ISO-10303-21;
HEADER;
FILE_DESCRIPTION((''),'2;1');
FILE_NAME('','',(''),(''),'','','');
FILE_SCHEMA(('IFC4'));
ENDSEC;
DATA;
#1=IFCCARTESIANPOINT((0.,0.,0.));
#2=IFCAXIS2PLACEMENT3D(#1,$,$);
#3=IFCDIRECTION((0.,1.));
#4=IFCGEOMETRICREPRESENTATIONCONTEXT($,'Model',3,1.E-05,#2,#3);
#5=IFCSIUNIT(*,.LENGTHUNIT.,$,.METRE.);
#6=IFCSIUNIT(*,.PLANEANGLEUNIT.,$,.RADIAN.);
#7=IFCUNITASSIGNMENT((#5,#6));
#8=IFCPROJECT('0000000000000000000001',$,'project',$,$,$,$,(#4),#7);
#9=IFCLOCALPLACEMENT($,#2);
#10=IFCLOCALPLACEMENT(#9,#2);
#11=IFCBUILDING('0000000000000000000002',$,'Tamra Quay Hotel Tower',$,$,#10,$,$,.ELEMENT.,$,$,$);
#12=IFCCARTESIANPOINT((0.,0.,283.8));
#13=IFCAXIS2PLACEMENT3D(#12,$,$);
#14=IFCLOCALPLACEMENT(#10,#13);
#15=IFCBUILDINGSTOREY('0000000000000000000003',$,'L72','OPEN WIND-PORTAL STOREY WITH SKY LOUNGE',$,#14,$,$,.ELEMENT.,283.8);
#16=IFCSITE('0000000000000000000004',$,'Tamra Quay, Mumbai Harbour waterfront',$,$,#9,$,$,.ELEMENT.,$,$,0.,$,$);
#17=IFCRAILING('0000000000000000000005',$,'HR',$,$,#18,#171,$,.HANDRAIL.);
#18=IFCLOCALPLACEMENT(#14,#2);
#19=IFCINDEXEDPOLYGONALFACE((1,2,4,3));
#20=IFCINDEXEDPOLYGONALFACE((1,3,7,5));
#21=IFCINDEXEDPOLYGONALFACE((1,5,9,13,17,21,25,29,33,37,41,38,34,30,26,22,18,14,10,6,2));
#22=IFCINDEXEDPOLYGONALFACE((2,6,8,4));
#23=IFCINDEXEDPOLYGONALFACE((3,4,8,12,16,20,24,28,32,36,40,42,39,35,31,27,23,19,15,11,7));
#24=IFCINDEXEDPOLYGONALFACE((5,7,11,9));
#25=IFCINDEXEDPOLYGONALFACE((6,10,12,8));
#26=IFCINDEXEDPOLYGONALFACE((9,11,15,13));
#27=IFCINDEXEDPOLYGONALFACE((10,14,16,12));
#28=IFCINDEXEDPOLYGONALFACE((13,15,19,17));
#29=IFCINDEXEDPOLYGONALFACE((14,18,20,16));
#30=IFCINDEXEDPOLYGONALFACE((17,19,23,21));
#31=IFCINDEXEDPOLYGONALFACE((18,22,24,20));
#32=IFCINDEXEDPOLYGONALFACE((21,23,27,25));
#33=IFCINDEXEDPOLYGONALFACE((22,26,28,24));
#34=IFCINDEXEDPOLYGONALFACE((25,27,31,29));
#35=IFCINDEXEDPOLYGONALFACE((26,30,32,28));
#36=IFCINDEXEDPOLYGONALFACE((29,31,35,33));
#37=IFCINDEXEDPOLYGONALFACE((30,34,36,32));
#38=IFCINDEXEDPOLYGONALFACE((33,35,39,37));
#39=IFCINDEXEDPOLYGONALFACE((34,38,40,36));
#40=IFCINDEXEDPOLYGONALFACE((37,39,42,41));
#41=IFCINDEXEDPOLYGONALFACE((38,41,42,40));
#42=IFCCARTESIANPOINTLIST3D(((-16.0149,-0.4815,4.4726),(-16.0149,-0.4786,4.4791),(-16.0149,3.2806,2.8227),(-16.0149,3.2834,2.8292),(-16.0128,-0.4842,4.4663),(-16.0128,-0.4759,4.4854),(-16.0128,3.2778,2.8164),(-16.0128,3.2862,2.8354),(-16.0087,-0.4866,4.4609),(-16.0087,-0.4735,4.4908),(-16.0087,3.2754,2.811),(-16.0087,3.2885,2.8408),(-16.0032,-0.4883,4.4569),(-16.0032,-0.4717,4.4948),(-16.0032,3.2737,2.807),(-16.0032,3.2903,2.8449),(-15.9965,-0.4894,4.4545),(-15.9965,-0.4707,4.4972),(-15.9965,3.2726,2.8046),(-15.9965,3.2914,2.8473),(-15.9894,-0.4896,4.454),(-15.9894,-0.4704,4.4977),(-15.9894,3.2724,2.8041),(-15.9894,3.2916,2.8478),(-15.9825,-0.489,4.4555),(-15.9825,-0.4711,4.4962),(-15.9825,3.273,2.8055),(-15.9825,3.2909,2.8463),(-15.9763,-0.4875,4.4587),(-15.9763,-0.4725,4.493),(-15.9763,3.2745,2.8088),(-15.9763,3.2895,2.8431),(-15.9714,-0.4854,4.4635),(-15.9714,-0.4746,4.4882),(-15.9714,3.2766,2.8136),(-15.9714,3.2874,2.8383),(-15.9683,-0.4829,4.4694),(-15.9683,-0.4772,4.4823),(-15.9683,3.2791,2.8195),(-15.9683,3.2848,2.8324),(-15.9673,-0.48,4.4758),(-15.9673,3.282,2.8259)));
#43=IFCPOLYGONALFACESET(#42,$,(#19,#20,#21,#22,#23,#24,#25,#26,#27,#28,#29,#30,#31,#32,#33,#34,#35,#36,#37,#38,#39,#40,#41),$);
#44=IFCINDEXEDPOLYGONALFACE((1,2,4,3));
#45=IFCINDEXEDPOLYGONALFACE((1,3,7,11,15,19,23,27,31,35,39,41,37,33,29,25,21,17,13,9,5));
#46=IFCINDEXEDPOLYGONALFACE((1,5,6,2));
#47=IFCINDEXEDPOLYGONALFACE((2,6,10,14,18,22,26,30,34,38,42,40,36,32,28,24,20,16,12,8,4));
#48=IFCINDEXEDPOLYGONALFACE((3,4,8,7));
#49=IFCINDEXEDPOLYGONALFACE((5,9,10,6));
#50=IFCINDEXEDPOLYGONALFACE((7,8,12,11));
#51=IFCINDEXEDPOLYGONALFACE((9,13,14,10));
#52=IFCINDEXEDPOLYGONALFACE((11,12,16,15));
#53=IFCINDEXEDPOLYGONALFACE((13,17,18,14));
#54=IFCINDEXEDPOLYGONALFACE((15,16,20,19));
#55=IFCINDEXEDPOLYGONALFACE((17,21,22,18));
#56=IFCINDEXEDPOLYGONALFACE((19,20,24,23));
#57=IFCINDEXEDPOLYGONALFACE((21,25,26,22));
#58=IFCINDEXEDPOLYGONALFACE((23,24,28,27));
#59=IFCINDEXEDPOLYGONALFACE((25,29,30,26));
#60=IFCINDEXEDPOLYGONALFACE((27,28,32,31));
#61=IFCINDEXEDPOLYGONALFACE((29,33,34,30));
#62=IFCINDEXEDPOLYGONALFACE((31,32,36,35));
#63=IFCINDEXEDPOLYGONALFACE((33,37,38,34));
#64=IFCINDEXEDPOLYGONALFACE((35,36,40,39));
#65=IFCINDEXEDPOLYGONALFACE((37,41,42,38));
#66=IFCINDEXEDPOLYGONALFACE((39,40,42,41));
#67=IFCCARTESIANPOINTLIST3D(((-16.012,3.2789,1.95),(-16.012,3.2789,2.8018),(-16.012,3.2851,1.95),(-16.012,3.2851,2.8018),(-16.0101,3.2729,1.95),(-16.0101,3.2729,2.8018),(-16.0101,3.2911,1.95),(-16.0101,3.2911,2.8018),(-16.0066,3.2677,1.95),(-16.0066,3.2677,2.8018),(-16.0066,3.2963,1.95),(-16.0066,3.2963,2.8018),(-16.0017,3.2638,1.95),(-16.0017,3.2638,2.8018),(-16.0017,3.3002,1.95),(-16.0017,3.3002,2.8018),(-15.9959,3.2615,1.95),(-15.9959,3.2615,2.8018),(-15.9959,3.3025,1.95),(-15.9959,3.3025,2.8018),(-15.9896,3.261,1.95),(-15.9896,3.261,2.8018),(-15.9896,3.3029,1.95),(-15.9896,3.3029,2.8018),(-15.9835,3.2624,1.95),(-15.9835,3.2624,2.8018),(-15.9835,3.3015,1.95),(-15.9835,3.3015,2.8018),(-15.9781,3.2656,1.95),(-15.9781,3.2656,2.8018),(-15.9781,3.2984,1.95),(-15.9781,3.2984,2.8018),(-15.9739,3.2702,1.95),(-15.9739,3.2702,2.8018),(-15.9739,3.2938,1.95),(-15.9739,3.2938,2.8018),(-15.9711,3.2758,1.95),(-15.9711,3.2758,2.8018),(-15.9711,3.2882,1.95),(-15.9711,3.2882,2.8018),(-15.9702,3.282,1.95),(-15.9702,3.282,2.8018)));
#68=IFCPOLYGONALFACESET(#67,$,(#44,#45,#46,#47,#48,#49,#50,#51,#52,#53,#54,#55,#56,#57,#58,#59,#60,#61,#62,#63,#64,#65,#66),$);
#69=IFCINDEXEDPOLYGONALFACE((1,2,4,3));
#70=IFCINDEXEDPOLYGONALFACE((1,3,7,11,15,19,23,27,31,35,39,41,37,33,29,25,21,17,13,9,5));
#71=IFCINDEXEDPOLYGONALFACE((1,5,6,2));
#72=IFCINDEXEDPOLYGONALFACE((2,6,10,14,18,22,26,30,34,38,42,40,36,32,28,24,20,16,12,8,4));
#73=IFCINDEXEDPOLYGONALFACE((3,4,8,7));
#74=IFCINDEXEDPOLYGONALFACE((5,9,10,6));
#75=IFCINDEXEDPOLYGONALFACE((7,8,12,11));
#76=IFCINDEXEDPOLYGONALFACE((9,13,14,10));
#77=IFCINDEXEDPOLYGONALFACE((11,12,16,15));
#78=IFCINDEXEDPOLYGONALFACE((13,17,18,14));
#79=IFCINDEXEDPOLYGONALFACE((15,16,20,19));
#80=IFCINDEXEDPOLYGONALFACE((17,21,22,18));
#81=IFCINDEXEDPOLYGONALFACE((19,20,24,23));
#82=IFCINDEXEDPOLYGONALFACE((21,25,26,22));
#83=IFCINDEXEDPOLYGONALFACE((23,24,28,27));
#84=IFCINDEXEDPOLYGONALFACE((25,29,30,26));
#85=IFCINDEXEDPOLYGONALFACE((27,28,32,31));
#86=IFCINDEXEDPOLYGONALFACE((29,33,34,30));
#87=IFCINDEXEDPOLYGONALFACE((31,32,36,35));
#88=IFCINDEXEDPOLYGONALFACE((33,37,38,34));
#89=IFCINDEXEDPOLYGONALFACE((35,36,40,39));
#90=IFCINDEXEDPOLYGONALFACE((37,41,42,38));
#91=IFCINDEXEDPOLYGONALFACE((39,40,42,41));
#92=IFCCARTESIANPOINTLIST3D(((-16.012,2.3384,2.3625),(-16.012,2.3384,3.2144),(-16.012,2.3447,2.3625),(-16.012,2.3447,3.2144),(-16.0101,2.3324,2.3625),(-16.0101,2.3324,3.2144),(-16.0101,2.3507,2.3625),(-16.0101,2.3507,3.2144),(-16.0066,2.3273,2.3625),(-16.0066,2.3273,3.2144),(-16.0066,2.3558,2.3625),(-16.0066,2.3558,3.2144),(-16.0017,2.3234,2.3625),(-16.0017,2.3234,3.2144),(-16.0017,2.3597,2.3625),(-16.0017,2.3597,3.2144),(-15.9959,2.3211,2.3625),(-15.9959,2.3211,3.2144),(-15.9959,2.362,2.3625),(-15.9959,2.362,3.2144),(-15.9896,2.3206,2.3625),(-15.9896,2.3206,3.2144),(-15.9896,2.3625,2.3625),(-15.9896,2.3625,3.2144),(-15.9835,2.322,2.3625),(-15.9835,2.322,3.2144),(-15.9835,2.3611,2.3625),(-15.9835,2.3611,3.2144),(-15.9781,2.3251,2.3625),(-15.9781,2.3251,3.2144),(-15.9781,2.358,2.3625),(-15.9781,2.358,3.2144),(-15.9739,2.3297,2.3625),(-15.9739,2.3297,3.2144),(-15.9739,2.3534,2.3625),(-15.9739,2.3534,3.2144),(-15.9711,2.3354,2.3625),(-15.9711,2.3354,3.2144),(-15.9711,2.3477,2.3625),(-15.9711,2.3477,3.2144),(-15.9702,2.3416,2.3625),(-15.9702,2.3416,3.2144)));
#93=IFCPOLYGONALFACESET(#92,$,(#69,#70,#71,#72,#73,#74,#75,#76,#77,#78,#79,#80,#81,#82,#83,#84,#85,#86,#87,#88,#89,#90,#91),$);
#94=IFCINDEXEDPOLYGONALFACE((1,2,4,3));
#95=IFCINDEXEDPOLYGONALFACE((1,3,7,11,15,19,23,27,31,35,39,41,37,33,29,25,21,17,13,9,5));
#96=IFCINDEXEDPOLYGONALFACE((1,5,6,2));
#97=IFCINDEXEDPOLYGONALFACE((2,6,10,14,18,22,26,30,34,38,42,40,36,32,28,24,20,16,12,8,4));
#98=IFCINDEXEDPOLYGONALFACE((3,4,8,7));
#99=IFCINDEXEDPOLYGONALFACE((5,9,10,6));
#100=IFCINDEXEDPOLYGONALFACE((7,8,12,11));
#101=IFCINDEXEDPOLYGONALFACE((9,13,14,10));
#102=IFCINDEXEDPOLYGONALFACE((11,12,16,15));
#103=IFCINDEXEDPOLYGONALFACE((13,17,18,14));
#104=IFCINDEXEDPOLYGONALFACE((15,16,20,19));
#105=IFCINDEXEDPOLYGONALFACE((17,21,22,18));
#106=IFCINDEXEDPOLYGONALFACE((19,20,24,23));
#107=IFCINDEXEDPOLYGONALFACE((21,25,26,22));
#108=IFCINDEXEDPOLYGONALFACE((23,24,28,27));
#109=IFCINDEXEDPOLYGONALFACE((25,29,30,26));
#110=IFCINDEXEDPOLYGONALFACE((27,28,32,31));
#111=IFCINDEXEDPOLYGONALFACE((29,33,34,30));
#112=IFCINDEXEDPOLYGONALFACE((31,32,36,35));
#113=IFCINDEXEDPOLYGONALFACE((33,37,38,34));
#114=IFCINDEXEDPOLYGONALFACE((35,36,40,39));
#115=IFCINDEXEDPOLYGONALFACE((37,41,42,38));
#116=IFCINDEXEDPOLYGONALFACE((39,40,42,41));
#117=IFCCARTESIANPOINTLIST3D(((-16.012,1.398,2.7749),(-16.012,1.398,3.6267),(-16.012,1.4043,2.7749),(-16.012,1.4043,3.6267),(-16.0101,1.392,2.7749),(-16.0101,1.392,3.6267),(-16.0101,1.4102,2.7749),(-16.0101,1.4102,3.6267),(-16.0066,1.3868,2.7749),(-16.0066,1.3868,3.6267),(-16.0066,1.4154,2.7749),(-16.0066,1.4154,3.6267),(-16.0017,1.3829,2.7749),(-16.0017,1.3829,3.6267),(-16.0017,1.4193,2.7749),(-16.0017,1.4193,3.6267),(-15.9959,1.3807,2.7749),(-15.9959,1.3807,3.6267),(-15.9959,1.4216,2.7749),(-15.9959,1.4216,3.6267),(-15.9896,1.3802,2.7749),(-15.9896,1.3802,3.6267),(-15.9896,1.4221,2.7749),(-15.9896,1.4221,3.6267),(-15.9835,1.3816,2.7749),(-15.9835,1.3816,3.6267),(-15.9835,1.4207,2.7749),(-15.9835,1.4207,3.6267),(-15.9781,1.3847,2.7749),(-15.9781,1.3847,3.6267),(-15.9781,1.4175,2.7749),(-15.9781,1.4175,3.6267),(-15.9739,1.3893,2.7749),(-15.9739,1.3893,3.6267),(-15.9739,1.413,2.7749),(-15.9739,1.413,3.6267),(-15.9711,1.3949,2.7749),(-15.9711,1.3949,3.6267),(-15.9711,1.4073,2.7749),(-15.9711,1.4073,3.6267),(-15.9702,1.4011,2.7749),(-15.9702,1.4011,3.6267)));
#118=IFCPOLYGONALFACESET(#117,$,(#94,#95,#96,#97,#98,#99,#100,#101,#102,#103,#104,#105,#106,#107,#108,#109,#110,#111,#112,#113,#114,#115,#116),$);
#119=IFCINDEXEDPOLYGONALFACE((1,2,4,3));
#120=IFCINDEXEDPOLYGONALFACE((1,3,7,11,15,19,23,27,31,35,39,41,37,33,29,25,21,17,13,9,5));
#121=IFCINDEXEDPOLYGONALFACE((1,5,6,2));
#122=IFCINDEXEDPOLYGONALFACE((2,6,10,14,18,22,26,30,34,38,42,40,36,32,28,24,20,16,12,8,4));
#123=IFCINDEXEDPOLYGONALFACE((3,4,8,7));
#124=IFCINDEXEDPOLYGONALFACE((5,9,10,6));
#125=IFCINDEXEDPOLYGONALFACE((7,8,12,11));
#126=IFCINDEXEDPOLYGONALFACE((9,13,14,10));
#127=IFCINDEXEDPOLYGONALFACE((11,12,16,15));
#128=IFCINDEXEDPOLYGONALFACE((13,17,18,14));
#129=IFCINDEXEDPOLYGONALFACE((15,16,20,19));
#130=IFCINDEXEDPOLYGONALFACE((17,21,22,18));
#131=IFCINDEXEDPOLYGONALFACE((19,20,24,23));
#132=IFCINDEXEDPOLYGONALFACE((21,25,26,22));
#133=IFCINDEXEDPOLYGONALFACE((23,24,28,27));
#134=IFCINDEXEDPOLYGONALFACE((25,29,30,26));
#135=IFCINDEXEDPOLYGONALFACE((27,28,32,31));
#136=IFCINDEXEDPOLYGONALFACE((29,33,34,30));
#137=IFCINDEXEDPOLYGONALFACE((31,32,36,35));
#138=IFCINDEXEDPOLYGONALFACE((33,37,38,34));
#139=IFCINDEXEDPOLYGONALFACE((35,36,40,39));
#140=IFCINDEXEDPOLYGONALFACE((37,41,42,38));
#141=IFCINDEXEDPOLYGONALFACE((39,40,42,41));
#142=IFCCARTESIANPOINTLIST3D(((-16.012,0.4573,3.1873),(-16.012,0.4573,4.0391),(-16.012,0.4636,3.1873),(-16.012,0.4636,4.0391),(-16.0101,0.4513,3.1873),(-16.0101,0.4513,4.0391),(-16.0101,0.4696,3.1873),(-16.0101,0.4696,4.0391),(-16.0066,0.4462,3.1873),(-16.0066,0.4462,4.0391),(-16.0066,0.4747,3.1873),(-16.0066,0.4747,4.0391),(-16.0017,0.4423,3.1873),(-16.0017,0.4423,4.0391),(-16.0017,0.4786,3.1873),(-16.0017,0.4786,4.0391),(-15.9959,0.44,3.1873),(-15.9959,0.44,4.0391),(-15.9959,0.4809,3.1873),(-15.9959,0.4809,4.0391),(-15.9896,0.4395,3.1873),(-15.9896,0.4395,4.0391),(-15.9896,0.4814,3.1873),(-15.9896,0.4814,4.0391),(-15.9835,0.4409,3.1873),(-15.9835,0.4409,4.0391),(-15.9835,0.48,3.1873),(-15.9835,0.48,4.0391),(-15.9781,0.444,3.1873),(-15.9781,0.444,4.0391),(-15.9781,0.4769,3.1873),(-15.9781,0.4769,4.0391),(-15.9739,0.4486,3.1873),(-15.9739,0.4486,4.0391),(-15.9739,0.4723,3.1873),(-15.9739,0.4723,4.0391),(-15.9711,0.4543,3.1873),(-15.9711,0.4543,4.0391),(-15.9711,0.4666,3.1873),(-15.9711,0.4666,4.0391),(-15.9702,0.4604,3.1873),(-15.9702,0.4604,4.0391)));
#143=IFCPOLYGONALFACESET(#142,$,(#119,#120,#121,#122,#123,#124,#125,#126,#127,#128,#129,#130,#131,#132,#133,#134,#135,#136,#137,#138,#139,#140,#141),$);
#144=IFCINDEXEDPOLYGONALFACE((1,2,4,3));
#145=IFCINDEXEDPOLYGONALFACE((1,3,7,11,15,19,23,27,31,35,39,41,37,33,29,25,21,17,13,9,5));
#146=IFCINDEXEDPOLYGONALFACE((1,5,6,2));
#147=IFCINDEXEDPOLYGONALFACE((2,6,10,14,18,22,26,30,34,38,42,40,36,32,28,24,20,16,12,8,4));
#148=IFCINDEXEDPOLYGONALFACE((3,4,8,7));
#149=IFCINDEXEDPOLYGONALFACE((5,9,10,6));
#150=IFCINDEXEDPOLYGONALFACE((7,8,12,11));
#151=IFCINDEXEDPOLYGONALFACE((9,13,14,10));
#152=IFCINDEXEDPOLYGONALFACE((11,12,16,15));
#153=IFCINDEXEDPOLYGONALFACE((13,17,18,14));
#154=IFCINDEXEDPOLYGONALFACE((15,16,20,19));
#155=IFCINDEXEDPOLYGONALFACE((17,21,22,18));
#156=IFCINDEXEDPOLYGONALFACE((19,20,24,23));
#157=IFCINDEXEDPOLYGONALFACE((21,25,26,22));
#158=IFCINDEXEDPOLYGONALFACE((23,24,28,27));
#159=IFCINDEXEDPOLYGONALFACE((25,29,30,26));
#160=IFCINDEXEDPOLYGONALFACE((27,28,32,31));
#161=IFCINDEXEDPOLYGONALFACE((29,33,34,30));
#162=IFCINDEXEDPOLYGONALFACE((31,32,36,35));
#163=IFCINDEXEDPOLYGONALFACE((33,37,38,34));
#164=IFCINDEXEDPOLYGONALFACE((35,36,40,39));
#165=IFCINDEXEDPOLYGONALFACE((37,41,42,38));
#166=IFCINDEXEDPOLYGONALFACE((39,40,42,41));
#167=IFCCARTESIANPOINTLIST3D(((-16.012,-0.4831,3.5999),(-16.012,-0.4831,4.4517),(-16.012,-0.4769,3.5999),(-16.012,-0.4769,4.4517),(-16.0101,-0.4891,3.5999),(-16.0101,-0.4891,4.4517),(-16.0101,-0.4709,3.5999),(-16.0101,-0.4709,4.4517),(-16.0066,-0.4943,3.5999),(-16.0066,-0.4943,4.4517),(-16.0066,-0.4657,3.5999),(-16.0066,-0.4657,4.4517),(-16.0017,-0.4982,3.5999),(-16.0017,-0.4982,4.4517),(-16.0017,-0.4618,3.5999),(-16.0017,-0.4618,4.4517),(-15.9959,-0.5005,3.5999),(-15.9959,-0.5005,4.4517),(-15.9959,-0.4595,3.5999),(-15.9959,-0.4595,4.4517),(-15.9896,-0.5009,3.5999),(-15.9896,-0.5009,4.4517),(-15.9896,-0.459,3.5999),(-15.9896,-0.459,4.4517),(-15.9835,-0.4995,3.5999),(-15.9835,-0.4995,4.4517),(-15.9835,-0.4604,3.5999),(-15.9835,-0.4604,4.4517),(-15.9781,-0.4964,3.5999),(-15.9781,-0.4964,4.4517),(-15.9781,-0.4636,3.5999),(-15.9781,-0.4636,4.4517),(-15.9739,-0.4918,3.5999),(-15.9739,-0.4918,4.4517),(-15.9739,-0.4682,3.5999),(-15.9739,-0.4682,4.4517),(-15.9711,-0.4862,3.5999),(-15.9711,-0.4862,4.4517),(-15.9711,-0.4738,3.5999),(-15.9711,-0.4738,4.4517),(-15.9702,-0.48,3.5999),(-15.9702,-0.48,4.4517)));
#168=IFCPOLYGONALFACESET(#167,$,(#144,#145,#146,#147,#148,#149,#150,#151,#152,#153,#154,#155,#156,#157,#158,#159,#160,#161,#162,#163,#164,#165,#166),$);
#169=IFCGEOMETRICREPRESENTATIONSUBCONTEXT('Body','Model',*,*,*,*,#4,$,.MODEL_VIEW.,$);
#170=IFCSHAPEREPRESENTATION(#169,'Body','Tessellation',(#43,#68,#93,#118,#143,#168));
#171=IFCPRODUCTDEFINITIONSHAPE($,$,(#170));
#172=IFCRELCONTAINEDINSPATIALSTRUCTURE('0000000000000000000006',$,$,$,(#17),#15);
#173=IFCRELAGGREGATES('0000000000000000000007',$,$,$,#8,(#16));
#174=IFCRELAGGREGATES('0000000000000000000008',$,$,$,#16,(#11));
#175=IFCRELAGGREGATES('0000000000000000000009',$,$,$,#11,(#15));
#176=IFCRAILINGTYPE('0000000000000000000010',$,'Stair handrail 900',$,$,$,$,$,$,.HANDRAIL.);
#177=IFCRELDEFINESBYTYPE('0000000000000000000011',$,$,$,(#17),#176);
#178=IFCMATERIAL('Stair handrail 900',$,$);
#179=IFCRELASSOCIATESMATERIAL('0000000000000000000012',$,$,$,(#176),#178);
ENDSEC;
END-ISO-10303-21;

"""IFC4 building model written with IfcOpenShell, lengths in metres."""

from ifc_helpers import new_model, si_unit, direction, frame, origin, origin_2d, place, context, subcontext, project, spatial, circle, extrude, material, type_object, element, save


model = new_model("IFC4")

# Units and contexts
model_context = context("Model", 3, precision=1e-05, world=origin(), true_north=direction((0.0, 1.0)))
body_context = subcontext(model_context, "Body", "Model", "MODEL_VIEW")
ifc_project = project(units=[si_unit("LENGTHUNIT", "METRE"), si_unit("PLANEANGLEUNIT", "RADIAN")], contexts=[model_context])

# Site, building, storey
site_placement = place(None, origin())
site = spatial("IfcSite", under=ifc_project, at=site_placement, Name="Tamra Quay, Mumbai Harbour waterfront", CompositionType="ELEMENT", RefElevation=0.0)
building_placement = place(site_placement, origin())
building = spatial("IfcBuilding", under=site, at=building_placement, Name="Tamra Quay Hotel Tower", CompositionType="ELEMENT")
storey_placement = place(building_placement, frame((0.0, 0.0, 283.8)))
storey = spatial("IfcBuildingStorey", under=building, at=storey_placement, Name="L72", Description="OPEN WIND-PORTAL STOREY WITH SKY LOUNGE", CompositionType="ELEMENT", Elevation=283.8)

# Railing
ifc_material_1 = material(Name="Stair handrail 900")
railing_type = type_object("IfcRailingType", Name="Stair handrail 900", PredefinedType="HANDRAIL", material=ifc_material_1)
for number, where, name in (
    (1, (-15.9912, 3.282, 1.95), "HR"),
):
    element("IfcRailing", number, at=place(storey_placement, frame(where)), inside=storey, type_object=railing_type, Name=name, PredefinedType="HANDRAIL", context=body_context, shape_type="SweptSolid", body=[
        extrude(circle(Radius=0.0239, at=origin_2d()), frame((0.0, 0.0, 0.876), z_axis=(0.0, -0.915795, 0.401645), x_axis=(1.0, 0.0, 0.0)), (0.0, 0.0, 1.0), 4.1079),
        extrude(circle(Radius=0.021, at=origin_2d()), origin(), (0.0, 0.0, 1.0), 0.8518),
        extrude(circle(Radius=0.021, at=origin_2d()), frame((0.0, -0.9404, 0.4126)), (0.0, 0.0, 1.0), 0.8518),
        extrude(circle(Radius=0.021, at=origin_2d()), frame((0.0, -1.8809, 0.825)), (0.0, 0.0, 1.0), 0.8518),
        extrude(circle(Radius=0.021, at=origin_2d()), frame((0.0, -2.8215, 1.2373)), (0.0, 0.0, 1.0), 0.8518),
        extrude(circle(Radius=0.021, at=origin_2d()), frame((0.0, -3.762, 1.6499)), (0.0, 0.0, 1.0), 0.8518),
    ])

save(model, "model.ifc")
